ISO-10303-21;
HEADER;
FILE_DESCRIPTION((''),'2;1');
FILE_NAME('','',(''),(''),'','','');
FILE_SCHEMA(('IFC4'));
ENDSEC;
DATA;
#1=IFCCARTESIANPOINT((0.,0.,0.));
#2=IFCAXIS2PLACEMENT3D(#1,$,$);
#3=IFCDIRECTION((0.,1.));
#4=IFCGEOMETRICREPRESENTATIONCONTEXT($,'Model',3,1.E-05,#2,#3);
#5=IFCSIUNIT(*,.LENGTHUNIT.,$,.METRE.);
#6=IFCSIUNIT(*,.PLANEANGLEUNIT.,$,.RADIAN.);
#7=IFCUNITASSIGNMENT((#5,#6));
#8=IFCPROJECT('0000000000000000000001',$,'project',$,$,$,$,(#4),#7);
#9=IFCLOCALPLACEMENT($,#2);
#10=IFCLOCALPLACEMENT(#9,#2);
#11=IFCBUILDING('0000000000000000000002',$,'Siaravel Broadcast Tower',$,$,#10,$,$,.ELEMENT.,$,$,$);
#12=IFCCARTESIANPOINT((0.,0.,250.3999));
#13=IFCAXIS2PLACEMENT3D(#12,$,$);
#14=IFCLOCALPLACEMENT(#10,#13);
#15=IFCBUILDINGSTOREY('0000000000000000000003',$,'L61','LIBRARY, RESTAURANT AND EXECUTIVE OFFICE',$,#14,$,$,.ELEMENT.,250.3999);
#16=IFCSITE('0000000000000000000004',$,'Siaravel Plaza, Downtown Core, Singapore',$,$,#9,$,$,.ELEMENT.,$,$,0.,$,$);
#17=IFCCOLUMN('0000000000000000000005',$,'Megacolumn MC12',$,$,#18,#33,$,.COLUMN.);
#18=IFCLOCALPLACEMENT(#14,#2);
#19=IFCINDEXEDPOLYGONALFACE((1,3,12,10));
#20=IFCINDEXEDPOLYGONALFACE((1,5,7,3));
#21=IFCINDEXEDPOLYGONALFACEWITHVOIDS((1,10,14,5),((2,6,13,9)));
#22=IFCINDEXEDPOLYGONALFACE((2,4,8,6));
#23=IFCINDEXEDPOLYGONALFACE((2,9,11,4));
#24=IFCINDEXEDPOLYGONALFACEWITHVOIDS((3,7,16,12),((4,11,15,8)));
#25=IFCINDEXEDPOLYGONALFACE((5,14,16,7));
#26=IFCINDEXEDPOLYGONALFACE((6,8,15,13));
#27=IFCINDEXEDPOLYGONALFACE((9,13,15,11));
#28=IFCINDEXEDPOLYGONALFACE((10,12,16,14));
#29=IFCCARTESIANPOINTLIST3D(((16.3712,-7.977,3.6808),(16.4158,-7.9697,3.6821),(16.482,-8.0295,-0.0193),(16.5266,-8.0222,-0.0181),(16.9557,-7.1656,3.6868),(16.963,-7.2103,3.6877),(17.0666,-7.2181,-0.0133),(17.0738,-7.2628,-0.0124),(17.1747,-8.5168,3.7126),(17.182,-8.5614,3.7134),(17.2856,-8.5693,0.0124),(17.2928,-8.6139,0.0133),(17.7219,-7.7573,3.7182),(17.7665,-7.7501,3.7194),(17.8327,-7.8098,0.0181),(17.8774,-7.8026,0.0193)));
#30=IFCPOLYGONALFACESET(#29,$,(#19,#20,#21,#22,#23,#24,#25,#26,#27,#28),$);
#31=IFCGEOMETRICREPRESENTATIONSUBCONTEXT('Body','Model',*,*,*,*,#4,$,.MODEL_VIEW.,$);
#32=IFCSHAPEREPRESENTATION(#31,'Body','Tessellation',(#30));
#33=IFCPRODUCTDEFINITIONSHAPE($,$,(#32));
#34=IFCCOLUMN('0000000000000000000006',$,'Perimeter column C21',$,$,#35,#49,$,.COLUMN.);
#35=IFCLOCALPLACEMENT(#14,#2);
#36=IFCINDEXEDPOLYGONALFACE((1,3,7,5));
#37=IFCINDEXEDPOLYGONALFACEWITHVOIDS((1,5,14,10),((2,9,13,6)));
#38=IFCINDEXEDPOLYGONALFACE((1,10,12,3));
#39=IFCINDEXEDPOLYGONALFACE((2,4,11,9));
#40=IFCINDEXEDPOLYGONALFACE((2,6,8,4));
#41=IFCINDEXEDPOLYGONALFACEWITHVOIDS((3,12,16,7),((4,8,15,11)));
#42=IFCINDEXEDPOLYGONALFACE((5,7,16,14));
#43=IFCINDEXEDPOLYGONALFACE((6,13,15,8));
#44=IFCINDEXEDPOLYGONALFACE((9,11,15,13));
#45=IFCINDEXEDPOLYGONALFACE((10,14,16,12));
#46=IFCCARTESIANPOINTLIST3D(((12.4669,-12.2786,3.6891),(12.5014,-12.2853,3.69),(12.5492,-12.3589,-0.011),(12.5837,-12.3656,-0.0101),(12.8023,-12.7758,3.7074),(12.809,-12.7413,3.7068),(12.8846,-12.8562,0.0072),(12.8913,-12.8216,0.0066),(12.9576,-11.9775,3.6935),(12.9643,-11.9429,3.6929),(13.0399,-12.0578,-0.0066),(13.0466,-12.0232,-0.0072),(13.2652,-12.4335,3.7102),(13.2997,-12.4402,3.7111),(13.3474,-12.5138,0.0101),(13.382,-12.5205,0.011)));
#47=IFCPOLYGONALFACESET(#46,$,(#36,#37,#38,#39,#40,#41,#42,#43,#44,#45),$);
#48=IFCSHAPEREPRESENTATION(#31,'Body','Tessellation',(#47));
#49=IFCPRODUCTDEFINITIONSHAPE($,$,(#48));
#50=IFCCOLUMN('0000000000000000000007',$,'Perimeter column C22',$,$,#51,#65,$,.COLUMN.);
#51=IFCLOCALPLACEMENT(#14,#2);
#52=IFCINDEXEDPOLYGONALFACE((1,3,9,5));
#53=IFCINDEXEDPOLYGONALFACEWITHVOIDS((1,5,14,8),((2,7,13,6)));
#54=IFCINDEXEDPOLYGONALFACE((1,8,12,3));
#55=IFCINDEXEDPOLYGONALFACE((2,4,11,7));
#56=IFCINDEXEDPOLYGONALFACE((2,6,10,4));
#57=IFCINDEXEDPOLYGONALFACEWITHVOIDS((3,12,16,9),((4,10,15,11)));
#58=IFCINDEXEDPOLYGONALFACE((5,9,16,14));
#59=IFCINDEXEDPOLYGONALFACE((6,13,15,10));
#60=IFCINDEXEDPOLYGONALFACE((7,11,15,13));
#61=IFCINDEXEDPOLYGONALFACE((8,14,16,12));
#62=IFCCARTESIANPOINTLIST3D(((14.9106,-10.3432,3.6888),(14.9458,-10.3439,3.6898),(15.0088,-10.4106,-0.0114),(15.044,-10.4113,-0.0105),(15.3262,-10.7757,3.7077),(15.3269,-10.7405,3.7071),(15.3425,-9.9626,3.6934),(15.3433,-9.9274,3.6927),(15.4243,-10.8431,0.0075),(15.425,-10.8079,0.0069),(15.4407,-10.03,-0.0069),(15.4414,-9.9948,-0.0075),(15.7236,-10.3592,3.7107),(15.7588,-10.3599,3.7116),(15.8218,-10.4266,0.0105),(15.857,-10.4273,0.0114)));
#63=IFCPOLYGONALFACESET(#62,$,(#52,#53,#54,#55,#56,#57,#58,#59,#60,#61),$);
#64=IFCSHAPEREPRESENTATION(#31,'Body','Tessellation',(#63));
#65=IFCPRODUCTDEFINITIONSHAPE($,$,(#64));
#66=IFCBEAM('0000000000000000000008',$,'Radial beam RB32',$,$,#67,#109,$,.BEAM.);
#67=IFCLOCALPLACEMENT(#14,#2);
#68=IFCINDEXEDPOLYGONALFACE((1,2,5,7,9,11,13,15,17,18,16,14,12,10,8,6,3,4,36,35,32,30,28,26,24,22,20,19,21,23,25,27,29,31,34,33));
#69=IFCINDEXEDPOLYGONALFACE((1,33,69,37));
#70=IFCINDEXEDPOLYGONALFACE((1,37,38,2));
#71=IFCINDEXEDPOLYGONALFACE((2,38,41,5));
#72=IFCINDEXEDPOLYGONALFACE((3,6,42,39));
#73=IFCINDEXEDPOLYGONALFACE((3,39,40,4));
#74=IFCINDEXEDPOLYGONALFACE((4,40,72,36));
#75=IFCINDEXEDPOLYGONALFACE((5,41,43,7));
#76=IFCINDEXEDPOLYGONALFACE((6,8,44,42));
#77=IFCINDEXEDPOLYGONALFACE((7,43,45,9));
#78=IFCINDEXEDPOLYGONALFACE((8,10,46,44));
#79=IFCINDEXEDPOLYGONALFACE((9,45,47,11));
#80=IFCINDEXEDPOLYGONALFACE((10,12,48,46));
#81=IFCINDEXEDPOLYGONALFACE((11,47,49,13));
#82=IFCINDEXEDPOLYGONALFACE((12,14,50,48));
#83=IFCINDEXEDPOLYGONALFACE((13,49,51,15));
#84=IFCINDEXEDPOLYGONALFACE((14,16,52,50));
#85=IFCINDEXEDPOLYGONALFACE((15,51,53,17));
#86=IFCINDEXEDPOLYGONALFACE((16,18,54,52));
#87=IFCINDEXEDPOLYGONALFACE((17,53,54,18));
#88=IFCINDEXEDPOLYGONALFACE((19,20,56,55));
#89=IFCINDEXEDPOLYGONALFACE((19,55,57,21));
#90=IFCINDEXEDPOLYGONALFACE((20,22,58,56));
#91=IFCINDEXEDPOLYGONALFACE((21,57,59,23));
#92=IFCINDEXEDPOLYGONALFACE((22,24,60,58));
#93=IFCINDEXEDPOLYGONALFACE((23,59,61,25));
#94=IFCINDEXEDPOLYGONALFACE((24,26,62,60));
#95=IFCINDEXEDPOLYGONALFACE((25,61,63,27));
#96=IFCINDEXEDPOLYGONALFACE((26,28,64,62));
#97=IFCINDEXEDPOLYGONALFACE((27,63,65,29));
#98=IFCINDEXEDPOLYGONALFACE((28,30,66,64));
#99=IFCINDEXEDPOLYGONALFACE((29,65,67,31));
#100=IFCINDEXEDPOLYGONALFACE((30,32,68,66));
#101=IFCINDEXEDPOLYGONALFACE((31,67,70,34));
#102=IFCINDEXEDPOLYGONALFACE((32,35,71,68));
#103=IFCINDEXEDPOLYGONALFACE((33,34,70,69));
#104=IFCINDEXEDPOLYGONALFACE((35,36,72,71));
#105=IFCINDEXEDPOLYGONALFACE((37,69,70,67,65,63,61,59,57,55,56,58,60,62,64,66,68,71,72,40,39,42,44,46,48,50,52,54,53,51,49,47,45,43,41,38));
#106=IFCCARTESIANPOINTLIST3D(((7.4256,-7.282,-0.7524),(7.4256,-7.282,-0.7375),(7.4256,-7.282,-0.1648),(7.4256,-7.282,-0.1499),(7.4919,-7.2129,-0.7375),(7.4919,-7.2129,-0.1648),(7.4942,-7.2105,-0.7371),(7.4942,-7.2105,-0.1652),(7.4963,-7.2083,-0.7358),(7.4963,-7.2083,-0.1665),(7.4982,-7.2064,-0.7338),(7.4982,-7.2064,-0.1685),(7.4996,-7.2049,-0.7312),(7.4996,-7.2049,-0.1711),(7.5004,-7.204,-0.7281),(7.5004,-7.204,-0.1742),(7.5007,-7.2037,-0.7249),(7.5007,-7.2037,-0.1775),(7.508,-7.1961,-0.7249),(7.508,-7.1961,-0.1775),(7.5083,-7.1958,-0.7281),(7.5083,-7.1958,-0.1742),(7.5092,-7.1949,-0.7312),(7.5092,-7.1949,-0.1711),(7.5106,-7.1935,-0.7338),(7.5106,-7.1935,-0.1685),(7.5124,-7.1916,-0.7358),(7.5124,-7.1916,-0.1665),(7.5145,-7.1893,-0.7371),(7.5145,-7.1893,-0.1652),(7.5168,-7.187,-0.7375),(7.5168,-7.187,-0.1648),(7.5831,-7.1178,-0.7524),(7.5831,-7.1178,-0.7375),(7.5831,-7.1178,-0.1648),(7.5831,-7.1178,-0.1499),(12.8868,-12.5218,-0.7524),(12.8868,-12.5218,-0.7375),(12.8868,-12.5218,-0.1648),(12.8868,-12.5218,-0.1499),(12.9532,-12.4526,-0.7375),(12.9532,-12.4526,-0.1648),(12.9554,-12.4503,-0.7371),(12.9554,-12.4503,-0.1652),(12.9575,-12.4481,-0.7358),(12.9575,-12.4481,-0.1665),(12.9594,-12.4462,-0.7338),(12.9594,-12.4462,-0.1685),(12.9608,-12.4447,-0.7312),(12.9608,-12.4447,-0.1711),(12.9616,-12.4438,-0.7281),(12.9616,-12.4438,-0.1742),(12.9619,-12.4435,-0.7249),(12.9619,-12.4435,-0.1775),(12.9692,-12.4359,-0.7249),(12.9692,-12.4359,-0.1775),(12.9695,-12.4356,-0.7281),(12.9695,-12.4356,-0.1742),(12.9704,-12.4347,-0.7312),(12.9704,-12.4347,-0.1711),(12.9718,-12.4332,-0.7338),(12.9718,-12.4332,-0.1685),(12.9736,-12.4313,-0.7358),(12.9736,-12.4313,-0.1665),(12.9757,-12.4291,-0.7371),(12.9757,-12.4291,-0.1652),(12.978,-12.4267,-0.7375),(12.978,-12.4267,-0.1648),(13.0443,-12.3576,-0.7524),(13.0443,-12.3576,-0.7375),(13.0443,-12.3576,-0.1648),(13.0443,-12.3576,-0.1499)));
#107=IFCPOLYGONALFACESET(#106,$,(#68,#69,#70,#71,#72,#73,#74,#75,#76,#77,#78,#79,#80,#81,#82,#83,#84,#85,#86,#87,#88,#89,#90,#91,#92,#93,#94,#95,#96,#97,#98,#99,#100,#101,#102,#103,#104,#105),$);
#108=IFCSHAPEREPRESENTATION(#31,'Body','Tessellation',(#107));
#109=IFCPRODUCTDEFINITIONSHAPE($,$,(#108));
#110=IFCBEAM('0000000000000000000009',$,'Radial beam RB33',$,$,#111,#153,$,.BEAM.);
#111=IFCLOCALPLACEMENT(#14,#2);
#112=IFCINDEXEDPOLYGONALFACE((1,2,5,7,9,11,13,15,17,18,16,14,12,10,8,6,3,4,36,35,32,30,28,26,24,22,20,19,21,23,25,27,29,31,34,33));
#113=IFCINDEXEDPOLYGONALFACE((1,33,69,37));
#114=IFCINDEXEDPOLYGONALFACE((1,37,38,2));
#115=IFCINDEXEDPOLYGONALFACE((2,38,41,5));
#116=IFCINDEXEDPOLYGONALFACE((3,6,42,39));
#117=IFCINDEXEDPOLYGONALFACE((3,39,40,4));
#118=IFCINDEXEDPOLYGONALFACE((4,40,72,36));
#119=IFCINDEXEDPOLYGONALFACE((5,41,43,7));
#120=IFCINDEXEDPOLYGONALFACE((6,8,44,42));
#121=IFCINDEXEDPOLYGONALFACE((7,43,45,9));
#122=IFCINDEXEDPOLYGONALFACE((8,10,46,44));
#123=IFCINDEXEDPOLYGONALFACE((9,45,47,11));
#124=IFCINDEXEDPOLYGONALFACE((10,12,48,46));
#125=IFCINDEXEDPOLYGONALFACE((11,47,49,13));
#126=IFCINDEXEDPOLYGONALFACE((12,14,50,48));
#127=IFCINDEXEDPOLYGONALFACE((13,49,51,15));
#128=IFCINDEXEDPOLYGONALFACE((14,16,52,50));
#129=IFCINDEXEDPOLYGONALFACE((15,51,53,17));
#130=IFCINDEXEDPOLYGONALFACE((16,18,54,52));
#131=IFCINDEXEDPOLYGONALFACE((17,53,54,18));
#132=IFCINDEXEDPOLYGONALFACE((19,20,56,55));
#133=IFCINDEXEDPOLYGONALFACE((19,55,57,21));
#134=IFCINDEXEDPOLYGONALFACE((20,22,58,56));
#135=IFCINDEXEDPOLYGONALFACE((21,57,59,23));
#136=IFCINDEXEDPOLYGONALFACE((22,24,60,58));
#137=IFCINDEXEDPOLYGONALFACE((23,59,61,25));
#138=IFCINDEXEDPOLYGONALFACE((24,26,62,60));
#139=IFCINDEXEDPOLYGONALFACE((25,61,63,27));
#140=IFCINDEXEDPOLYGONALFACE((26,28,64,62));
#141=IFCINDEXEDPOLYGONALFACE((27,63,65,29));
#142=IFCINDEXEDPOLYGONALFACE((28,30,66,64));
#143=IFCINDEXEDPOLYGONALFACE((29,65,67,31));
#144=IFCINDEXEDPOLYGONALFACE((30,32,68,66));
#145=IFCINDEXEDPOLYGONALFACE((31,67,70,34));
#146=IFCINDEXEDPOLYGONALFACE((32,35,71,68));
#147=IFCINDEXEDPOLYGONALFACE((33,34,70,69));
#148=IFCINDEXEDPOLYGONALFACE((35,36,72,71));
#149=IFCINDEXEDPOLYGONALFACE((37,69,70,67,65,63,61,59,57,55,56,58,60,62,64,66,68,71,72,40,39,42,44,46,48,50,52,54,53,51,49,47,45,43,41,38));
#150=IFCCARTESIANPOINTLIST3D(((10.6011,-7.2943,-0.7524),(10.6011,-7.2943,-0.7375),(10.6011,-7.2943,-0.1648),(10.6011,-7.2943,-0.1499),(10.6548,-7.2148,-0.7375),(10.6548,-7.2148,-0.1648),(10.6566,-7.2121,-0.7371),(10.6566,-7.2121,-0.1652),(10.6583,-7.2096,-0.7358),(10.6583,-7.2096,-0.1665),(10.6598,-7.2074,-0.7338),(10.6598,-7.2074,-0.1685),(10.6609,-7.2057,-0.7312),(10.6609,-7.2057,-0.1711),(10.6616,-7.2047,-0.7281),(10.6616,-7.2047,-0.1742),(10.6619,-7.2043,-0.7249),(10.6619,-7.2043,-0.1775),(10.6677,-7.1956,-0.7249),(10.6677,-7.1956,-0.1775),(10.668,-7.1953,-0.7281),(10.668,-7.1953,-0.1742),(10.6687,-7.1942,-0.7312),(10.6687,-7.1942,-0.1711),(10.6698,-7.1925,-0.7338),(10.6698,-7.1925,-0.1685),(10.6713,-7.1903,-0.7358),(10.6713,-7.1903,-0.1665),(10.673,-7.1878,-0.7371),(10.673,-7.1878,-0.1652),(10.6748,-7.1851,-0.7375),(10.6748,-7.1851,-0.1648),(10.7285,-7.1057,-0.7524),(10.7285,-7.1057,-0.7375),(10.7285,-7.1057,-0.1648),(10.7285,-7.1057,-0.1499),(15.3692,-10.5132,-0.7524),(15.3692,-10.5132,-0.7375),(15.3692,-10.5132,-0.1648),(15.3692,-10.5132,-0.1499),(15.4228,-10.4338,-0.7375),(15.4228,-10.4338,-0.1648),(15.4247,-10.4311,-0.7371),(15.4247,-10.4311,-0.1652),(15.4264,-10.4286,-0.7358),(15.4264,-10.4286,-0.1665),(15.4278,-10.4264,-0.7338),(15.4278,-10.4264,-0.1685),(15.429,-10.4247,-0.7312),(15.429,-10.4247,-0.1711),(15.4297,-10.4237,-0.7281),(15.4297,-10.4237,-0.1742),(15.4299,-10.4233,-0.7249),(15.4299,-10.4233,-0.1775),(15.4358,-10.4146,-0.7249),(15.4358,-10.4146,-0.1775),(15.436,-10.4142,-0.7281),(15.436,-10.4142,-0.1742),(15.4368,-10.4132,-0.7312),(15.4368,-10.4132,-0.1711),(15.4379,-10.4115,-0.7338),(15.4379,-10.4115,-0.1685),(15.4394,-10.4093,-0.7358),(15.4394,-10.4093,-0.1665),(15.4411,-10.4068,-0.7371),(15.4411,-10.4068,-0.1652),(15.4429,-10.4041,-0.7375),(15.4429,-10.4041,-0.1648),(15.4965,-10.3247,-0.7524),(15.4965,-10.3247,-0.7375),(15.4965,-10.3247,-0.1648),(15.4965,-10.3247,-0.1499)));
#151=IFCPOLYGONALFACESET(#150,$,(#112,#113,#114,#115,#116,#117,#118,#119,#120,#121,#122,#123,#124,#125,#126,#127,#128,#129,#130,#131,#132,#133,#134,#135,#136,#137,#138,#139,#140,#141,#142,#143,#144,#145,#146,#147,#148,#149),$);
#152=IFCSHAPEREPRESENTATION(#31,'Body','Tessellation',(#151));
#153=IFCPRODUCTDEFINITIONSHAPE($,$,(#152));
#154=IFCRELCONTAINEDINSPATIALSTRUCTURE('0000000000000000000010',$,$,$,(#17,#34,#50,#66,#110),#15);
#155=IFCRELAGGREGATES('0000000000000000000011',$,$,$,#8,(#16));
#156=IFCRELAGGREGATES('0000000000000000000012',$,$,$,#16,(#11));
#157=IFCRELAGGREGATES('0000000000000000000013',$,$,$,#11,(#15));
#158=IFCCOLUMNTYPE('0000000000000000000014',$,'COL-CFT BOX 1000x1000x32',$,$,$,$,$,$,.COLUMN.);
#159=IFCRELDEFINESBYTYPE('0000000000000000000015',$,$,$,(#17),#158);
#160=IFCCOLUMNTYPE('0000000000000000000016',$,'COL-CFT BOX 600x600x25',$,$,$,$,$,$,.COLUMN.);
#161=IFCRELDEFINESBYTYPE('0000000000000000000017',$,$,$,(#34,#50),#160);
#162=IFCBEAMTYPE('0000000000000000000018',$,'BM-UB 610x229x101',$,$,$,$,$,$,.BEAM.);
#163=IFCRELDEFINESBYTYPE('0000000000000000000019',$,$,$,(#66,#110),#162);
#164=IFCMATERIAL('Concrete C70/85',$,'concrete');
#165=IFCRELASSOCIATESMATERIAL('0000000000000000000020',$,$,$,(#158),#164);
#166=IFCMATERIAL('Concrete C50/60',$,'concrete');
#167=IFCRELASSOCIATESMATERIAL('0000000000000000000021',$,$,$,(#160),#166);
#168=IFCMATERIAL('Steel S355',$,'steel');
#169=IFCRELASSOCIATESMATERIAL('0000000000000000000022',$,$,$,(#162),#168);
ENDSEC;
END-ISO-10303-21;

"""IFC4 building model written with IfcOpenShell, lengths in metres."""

from ifc_helpers import new_model, si_unit, direction, frame, origin, origin_2d, place, context, subcontext, project, spatial, hollow_rectangle, i_section, extrude, material, material_profile, profile_set, type_object, element, save


model = new_model("IFC4")

# Units and contexts
model_context = context("Model", 3, precision=1e-05, world=origin(), true_north=direction((0.0, 1.0)))
body_context = subcontext(model_context, "Body", "Model", "MODEL_VIEW")
ifc_project = project(units=[si_unit("LENGTHUNIT", "METRE"), si_unit("PLANEANGLEUNIT", "RADIAN")], contexts=[model_context])

# Site, building, storey
site_placement = place(None, origin())
site = spatial("IfcSite", under=ifc_project, at=site_placement, Name="Siaravel Plaza, Downtown Core, Singapore", CompositionType="ELEMENT", RefElevation=0.0)
building_placement = place(site_placement, origin())
building = spatial("IfcBuilding", under=site, at=building_placement, Name="Siaravel Broadcast Tower", CompositionType="ELEMENT")
storey_placement = place(building_placement, frame((0.0, 0.0, 250.3999)))
storey = spatial("IfcBuildingStorey", under=building, at=storey_placement, Name="L61", Description="LIBRARY, RESTAURANT AND EXECUTIVE OFFICE", CompositionType="ELEMENT", Elevation=250.3999)

# Columns
ifc_material_1 = material(Name="Concrete C70/85", Category="concrete")
ifc_material_profile_1 = material_profile(ifc_material_1, hollow_rectangle(XDim=1.0, YDim=1.0, WallThickness=0.032, at=origin_2d()))
ifc_profile_set_1 = profile_set([ifc_material_profile_1], Name="Concrete C70/85")
column_type_1 = type_object("IfcColumnType", Name="COL-CFT BOX 1000x1000x32", PredefinedType="COLUMN", material=ifc_profile_set_1)
column_1_placement = place(storey_placement, frame((17.1797, -7.916, 0.0), z_axis=(-0.029939, 0.014178, 0.999451), x_axis=(-0.584581, -0.811313, -0.006002)))
element("IfcColumn", 1, at=column_1_placement, inside=storey, type_object=column_type_1, Name="Megacolumn MC12", PredefinedType="COLUMN", context=body_context, shape_type="SweptSolid", body=[
    extrude(hollow_rectangle(XDim=1.0, YDim=1.0, WallThickness=0.032, at=origin_2d()), origin(), (0.0, 0.0, 1.0), 3.7021),
])
ifc_material_2 = material(Name="Concrete C50/60", Category="concrete")
ifc_material_profile_2 = material_profile(ifc_material_2, hollow_rectangle(XDim=0.6001, YDim=0.6001, WallThickness=0.0249, at=origin_2d()))
ifc_profile_set_2 = profile_set([ifc_material_profile_2], Name="Concrete C50/60")
column_type_2 = type_object("IfcColumnType", Name="COL-CFT BOX 600x600x25", PredefinedType="COLUMN", material=ifc_profile_set_2)
column_2_placement = place(storey_placement, frame((12.9656, -12.4397, 0.0), z_axis=(-0.022225, 0.021697, 0.999518), x_axis=(-0.828927, -0.559322, -0.00629)))
element("IfcColumn", 2, at=column_2_placement, inside=storey, type_object=column_type_2, Name="Perimeter column C21", PredefinedType="COLUMN", context=body_context, shape_type="SweptSolid", body=[
    extrude(hollow_rectangle(XDim=0.6001, YDim=0.6001, WallThickness=0.0249, at=origin_2d()), origin(), (0.0, 0.0, 1.0), 3.7019),
])
column_3_placement = place(storey_placement, frame((15.4329, -10.4189, 0.0), z_axis=(-0.02651, 0.018201, 0.999483), x_axis=(-0.720939, -0.692968, -0.006503)))
element("IfcColumn", 3, at=column_3_placement, inside=storey, type_object=column_type_2, Name="Perimeter column C22", PredefinedType="COLUMN", context=body_context, shape_type="SweptSolid", body=[
    extrude(hollow_rectangle(XDim=0.6001, YDim=0.6001, WallThickness=0.0249, at=origin_2d()), origin(), (0.0, 0.0, 1.0), 3.7021),
])

# Beams
ifc_material_3 = material(Name="Steel S355", Category="steel")
ifc_material_profile_3 = material_profile(ifc_material_3, i_section(OverallWidth=0.2275, OverallDepth=0.6025, WebThickness=0.0105, FlangeThickness=0.0149, FilletRadius=0.0127, at=origin_2d()))
ifc_profile_set_3 = profile_set([ifc_material_profile_3], Name="Steel S355")
beam_type = type_object("IfcBeamType", Name="BM-UB 610x229x101", PredefinedType="BEAM", material=ifc_profile_set_3)
beam_1_placement = place(storey_placement, frame((12.9656, -12.4397, -0.4512), z_axis=(-0.721585, 0.692326, 0.0), x_axis=(-0.692326, -0.721585, 0.0)))
element("IfcBeam", 4, at=beam_1_placement, inside=storey, type_object=beam_type, Name="Radial beam RB32", PredefinedType="BEAM", context=body_context, shape_type="SweptSolid", body=[
    extrude(i_section(OverallWidth=0.2275, OverallDepth=0.6025, WebThickness=0.0105, FlangeThickness=0.0149, FilletRadius=0.0127, at=origin_2d()), origin(), (0.0, 0.0, 1.0), 7.5684),
])
beam_2_placement = place(storey_placement, frame((15.4329, -10.4189, -0.4512), z_axis=(-0.828804, 0.559538, 0.0), x_axis=(-0.559538, -0.828804, 0.0)))
element("IfcBeam", 5, at=beam_2_placement, inside=storey, type_object=beam_type, Name="Radial beam RB33", PredefinedType="BEAM", context=body_context, shape_type="SweptSolid", body=[
    extrude(i_section(OverallWidth=0.2275, OverallDepth=0.6025, WebThickness=0.0105, FlangeThickness=0.0149, FilletRadius=0.0127, at=origin_2d()), origin(), (0.0, 0.0, 1.0), 5.7529),
])

save(model, "model.ifc")
